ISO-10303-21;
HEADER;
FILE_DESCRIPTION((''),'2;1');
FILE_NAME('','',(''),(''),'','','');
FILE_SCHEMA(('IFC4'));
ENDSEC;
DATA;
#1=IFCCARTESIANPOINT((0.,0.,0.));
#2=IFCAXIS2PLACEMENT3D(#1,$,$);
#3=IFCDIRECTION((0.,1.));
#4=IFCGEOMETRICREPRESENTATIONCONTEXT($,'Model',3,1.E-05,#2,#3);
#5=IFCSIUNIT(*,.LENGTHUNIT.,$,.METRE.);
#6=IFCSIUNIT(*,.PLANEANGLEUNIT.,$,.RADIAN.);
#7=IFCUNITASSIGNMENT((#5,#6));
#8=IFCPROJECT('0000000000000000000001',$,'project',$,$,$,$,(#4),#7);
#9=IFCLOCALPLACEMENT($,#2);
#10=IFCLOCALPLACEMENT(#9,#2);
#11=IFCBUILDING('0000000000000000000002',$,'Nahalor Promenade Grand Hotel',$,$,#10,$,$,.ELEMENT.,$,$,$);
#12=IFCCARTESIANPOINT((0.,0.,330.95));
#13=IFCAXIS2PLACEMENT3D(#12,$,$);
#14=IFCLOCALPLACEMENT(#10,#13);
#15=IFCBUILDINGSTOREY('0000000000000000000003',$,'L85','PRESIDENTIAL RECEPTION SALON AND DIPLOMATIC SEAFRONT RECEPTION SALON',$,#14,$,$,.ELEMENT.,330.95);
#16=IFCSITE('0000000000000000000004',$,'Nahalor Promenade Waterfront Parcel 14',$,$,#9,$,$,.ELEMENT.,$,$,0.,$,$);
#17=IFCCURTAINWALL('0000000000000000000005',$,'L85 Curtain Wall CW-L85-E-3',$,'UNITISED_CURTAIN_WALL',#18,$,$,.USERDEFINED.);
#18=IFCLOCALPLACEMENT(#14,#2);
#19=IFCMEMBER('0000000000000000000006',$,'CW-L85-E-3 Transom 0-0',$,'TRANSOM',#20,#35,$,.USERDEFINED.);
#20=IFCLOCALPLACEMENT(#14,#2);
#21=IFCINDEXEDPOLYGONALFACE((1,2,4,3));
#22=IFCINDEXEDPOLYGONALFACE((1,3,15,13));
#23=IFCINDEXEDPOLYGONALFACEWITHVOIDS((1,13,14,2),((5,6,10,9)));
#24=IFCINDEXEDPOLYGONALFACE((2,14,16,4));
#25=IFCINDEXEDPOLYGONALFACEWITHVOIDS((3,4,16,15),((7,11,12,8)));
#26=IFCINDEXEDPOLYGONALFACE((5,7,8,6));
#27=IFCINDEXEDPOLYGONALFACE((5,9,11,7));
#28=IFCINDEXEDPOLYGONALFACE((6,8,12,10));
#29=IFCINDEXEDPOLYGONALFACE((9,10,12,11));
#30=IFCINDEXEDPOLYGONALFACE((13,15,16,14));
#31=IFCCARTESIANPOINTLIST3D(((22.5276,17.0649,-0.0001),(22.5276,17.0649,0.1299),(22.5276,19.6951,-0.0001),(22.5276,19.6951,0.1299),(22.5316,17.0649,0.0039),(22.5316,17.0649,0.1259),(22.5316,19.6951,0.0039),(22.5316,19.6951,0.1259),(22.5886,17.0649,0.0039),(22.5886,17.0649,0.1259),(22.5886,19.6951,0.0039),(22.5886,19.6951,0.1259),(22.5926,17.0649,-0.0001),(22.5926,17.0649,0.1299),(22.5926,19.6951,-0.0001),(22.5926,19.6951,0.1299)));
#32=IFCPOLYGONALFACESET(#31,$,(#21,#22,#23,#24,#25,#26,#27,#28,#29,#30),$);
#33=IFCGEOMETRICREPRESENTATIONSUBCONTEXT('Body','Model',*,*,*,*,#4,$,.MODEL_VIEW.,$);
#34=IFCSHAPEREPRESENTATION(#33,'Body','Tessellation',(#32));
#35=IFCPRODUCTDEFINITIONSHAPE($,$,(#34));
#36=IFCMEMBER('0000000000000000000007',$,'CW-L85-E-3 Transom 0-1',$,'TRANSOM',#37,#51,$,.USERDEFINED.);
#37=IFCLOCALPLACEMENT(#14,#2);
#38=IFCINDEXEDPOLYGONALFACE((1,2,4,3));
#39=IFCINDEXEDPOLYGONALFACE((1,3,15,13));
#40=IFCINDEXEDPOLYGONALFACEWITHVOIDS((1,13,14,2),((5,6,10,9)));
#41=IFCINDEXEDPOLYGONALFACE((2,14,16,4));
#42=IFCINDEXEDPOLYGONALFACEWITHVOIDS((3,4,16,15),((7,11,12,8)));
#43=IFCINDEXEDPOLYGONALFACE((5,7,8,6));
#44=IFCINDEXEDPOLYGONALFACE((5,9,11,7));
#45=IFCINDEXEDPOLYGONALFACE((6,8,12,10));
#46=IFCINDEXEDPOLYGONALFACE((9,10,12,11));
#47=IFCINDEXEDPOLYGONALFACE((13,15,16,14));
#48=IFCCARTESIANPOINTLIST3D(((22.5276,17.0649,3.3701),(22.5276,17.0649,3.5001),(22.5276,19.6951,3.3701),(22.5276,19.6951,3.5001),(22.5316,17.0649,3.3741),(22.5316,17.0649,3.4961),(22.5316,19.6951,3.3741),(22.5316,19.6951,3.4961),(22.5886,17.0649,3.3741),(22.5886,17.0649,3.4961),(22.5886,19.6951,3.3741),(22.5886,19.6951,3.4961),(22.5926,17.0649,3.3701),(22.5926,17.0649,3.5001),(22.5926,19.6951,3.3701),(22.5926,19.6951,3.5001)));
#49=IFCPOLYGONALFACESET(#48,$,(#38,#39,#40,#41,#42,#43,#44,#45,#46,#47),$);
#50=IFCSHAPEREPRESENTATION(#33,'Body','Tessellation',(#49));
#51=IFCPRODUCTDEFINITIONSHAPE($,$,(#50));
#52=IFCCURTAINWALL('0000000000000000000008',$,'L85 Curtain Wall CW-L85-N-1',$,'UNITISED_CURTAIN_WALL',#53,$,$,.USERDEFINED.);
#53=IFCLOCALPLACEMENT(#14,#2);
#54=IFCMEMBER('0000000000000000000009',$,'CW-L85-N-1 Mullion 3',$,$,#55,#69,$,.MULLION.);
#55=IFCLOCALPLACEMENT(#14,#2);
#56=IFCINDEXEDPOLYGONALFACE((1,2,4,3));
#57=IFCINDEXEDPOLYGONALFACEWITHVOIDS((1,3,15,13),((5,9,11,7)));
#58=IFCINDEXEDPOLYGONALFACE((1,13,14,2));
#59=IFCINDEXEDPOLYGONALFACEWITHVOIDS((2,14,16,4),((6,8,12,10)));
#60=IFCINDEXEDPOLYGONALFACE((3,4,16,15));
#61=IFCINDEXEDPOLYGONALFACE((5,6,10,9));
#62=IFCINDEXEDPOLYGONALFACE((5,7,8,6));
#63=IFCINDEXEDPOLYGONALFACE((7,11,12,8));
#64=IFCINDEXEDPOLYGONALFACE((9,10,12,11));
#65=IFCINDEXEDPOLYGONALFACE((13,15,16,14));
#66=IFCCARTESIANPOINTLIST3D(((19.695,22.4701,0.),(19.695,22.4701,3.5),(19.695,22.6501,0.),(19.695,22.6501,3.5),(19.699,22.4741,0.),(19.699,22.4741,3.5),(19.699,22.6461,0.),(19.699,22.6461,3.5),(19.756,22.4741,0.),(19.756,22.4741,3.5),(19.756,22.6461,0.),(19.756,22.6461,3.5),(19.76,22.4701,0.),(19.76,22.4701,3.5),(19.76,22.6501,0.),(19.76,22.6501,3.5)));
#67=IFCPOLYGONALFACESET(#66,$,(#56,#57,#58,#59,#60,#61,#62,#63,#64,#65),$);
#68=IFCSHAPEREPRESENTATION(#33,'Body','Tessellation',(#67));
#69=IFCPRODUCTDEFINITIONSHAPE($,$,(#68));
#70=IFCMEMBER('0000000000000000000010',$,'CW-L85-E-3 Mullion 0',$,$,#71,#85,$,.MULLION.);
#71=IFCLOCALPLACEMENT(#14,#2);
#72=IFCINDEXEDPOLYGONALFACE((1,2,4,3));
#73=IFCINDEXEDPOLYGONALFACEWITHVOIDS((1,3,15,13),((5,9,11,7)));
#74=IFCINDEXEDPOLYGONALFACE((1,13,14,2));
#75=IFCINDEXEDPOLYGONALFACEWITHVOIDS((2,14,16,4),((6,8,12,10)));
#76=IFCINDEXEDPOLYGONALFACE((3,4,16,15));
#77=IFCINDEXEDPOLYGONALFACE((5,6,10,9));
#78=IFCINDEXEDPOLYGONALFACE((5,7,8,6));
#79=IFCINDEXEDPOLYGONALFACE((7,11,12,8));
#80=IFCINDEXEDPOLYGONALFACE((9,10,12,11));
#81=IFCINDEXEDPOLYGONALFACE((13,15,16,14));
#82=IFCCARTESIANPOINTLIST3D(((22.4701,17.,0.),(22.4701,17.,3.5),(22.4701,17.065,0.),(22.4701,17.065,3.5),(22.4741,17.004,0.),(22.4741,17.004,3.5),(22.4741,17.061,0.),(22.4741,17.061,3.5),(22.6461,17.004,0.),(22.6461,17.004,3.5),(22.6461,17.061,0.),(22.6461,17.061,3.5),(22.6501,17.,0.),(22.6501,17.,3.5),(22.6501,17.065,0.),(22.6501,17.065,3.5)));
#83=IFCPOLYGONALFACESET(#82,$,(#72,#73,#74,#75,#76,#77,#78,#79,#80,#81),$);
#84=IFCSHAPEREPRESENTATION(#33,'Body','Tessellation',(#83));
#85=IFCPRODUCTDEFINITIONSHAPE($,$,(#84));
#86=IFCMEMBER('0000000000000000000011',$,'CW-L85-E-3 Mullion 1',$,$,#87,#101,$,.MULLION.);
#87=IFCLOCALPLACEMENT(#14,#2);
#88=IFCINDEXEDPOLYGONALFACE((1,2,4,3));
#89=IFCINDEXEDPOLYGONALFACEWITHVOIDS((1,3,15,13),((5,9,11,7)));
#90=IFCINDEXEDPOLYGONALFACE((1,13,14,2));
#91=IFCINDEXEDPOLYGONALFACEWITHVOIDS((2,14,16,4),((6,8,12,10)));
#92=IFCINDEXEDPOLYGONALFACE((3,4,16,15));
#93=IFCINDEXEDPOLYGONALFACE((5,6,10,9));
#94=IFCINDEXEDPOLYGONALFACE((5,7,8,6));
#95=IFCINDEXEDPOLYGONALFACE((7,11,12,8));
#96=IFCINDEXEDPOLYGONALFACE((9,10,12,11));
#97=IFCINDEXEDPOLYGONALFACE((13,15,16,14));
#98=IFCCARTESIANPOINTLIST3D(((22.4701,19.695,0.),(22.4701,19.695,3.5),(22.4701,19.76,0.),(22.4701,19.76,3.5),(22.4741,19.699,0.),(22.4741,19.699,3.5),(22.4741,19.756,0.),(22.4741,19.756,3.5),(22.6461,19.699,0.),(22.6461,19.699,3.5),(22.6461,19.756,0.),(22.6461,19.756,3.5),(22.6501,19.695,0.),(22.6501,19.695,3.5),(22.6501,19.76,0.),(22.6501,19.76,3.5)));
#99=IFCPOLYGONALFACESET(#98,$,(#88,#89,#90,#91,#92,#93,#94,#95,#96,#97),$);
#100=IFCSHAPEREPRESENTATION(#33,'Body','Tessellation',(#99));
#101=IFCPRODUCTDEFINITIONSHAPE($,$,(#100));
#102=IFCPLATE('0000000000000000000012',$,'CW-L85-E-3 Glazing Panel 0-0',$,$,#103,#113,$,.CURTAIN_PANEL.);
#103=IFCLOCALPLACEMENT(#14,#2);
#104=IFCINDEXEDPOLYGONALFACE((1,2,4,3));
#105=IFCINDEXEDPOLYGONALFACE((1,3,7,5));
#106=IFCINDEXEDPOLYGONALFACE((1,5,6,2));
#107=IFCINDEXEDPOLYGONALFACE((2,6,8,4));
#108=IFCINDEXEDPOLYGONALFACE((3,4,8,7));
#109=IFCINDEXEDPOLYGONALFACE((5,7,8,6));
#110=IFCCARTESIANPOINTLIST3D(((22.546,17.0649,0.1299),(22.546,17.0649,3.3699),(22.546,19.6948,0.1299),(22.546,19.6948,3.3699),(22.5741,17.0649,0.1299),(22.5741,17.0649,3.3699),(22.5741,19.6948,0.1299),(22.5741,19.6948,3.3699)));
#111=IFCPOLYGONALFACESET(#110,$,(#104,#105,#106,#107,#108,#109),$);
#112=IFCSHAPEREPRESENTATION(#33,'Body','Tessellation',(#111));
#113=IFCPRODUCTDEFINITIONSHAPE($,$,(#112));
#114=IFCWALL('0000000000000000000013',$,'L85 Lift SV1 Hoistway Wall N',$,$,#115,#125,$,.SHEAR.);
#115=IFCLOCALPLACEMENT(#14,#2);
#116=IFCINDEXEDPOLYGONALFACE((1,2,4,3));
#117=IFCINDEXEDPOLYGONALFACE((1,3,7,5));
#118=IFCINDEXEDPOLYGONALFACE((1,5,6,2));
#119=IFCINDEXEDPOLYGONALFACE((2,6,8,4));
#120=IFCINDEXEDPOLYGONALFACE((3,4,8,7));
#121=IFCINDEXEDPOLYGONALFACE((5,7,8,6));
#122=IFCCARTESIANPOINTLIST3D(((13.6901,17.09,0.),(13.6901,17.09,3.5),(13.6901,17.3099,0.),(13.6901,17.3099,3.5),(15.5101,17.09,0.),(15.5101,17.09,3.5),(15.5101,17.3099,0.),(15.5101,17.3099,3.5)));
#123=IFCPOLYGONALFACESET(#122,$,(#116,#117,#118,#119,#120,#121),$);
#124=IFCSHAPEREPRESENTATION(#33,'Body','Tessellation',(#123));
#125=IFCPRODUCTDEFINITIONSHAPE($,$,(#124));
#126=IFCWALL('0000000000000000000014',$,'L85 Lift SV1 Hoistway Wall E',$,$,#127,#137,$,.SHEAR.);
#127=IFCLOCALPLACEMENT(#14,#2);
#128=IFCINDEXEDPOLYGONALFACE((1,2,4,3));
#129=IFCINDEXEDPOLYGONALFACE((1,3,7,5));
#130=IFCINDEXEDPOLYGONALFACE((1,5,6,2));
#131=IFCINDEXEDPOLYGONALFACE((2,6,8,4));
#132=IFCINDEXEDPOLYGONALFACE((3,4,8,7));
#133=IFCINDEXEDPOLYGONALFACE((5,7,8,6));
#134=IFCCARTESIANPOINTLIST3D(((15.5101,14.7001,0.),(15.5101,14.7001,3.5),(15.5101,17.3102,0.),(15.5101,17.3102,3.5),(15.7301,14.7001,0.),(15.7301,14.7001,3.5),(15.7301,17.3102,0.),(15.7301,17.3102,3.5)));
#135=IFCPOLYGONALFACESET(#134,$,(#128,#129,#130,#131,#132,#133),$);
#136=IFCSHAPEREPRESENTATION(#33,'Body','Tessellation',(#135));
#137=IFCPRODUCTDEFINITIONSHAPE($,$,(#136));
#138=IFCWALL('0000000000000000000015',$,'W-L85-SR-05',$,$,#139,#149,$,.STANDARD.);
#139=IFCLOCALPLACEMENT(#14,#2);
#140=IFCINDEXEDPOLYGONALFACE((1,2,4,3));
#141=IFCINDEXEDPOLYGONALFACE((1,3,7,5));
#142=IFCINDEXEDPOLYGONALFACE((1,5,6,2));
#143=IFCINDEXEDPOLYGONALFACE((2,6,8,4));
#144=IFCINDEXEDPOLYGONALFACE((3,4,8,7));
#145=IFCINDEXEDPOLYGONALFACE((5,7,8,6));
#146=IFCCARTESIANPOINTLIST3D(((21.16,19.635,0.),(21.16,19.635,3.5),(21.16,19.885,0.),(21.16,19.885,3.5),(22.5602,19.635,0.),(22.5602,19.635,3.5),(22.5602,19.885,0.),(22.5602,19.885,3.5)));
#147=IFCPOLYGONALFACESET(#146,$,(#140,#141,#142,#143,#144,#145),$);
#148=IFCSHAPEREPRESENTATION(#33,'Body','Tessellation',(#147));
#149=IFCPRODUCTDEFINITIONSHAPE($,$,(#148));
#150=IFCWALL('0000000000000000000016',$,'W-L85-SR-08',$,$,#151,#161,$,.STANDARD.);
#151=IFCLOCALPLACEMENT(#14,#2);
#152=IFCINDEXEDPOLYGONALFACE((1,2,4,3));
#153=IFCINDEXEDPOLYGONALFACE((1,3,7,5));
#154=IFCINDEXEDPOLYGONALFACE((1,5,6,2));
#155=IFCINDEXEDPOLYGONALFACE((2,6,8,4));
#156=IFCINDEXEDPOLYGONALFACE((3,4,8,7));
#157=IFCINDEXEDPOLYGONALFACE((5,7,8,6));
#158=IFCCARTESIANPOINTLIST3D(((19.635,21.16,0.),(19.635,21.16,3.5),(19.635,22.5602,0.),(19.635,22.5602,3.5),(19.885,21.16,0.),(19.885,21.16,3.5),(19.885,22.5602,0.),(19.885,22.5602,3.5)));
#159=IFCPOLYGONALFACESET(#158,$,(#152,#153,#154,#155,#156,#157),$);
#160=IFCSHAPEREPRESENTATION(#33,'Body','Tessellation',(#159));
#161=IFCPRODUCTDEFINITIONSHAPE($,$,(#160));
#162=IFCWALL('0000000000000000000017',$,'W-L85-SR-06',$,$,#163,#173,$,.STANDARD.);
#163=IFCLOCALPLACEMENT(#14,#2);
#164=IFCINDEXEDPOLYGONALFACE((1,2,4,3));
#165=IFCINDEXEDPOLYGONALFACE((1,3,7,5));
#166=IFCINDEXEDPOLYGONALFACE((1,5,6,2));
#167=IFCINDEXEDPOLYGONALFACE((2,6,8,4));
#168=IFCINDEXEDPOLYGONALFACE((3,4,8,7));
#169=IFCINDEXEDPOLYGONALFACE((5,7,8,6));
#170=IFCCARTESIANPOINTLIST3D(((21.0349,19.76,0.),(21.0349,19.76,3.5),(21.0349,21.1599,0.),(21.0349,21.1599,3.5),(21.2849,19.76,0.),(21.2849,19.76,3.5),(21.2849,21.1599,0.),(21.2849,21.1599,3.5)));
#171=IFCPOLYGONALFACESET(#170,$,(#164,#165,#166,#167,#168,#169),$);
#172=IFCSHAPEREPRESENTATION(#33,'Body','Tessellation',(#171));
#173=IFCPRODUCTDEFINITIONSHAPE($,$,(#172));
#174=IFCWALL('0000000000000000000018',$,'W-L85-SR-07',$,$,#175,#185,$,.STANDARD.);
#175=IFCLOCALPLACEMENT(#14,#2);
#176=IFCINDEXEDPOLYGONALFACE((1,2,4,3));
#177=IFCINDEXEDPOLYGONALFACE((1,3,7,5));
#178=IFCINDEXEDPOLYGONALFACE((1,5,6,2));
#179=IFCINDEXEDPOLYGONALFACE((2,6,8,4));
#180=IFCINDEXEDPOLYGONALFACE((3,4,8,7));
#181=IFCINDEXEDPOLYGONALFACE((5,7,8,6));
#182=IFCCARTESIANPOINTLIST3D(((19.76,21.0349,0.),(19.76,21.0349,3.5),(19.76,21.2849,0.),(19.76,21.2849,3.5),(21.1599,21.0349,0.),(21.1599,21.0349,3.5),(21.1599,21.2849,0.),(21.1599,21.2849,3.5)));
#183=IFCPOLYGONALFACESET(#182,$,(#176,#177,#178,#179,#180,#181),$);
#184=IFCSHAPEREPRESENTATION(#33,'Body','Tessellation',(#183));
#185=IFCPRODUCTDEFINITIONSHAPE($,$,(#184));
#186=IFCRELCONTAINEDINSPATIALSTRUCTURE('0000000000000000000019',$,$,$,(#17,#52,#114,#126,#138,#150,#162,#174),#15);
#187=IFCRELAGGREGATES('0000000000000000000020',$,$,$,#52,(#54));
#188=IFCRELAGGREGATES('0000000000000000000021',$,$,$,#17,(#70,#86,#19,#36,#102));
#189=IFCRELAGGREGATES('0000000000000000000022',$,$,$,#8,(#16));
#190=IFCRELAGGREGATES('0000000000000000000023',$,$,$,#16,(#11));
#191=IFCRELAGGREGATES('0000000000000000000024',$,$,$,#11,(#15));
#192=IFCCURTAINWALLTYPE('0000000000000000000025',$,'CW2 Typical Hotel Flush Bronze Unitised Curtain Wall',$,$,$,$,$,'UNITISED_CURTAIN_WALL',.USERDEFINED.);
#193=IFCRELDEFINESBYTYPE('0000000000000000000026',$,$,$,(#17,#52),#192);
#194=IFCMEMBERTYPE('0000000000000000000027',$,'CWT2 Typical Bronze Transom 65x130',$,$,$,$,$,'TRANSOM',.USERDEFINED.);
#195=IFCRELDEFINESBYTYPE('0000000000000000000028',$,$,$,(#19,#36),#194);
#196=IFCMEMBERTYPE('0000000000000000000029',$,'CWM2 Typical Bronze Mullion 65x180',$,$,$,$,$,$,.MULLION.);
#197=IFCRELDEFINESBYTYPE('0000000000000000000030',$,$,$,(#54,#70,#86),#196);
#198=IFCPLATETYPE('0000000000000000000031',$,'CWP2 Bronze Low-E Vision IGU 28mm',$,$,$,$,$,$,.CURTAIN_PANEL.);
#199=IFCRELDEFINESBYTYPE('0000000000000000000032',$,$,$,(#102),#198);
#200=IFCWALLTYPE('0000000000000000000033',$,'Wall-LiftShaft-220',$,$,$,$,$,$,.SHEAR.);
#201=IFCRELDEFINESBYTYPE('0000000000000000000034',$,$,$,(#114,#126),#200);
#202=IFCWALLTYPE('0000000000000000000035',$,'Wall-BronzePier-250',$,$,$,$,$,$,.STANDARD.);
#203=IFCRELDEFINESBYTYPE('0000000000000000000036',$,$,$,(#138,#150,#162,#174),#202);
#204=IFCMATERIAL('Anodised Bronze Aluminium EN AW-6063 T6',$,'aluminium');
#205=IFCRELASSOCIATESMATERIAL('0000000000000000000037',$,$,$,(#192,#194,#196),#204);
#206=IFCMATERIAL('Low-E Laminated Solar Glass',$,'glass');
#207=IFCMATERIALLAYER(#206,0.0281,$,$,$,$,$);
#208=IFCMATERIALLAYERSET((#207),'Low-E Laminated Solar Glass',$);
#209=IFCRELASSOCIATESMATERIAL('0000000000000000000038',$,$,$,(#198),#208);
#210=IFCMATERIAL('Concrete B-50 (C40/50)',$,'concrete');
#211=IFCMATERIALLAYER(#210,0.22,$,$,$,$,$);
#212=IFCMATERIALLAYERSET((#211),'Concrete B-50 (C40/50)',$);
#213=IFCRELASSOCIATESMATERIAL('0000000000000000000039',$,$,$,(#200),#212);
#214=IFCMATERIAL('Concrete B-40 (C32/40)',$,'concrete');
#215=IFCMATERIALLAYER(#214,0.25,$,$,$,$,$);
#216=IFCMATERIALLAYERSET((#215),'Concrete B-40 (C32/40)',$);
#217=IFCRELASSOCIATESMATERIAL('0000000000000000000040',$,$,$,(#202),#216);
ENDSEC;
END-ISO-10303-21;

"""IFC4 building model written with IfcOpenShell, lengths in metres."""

from ifc_helpers import new_model, si_unit, direction, frame, frame_2d, origin, origin_2d, place, context, subcontext, project, spatial, rectangle, hollow_rectangle, extrude, source, transform, mapped, material, layer, layer_set, material_profile, profile_set, type_object, element, aggregate, save


model = new_model("IFC4")

# Units and contexts
model_context = context("Model", 3, precision=1e-05, world=origin(), true_north=direction((0.0, 1.0)))
body_context = subcontext(model_context, "Body", "Model", "MODEL_VIEW")
ifc_project = project(units=[si_unit("LENGTHUNIT", "METRE"), si_unit("PLANEANGLEUNIT", "RADIAN")], contexts=[model_context])

# Site, building, storey
site_placement = place(None, origin())
site = spatial("IfcSite", under=ifc_project, at=site_placement, Name="Nahalor Promenade Waterfront Parcel 14", CompositionType="ELEMENT", RefElevation=0.0)
building_placement = place(site_placement, origin())
building = spatial("IfcBuilding", under=site, at=building_placement, Name="Nahalor Promenade Grand Hotel", CompositionType="ELEMENT")
storey_placement = place(building_placement, frame((0.0, 0.0, 330.95)))
storey = spatial("IfcBuildingStorey", under=building, at=storey_placement, Name="L85", Description="PRESIDENTIAL RECEPTION SALON AND DIPLOMATIC SEAFRONT RECEPTION SALON", CompositionType="ELEMENT", Elevation=330.95)

# Shared definitions
ifc_material_1 = material(Name="Concrete B-50 (C40/50)", Category="concrete")

# Curtain wall, members
ifc_material_2 = material(Name="Anodised Bronze Aluminium EN AW-6063 T6", Category="aluminium")
curtain_wall_type = type_object("IfcCurtainWallType", Name="CW2 Typical Hotel Flush Bronze Unitised Curtain Wall", ElementType="UNITISED_CURTAIN_WALL", PredefinedType="USERDEFINED", material=ifc_material_2)
curtain_wall_1_placement = place(storey_placement, origin())
curtain_wall_1 = element("IfcCurtainWall", 1, at=curtain_wall_1_placement, inside=storey, type_object=curtain_wall_type, Name="L85 Curtain Wall CW-L85-E-3", ObjectType="UNITISED_CURTAIN_WALL", PredefinedType="USERDEFINED")
ifc_material_profile_1 = material_profile(ifc_material_2, hollow_rectangle(XDim=0.065, YDim=0.13, WallThickness=0.004, at=origin_2d()), Name="CWT 65x130x4")
ifc_profile_set_1 = profile_set([ifc_material_profile_1], Name="Anodised Bronze Aluminium EN AW-6063 T6")
member_type_1 = type_object("IfcMemberType", Name="CWT2 Typical Bronze Transom 65x130", ElementType="TRANSOM", PredefinedType="USERDEFINED", material=ifc_profile_set_1)
shared_shape_1 = source(origin(), body_context, "Body", "SweptSolid", [
    extrude(hollow_rectangle(XDim=0.065, YDim=0.13, WallThickness=0.004, at=origin_2d()), origin(), (0.0, 0.0, 1.0), 2.6301),
])
member_1_placement = place(storey_placement, frame((22.5601, 17.0649, 0.0649), z_axis=(0.0, 1.0, 0.0), x_axis=(-1.0, 0.0, 0.0)))
member_1 = element("IfcMember", 2, at=member_1_placement, type_object=member_type_1, Name="CW-L85-E-3 Transom 0-0", ObjectType="TRANSOM", PredefinedType="USERDEFINED", context=body_context, shape_type="MappedRepresentation", body=[
    mapped(shared_shape_1, transform((0.0, 0.0, 0.0), scale=1.0)),
])
member_2_placement = place(storey_placement, frame((22.5601, 17.0649, 3.4351), z_axis=(0.0, 1.0, 0.0), x_axis=(-1.0, 0.0, 0.0)))
member_2 = element("IfcMember", 3, at=member_2_placement, type_object=member_type_1, Name="CW-L85-E-3 Transom 0-1", ObjectType="TRANSOM", PredefinedType="USERDEFINED", context=body_context, shape_type="MappedRepresentation", body=[
    mapped(shared_shape_1, transform((0.0, 0.0, 0.0), scale=1.0)),
])

# Curtain wall, member
curtain_wall_2_placement = place(storey_placement, origin())
curtain_wall_2 = element("IfcCurtainWall", 4, at=curtain_wall_2_placement, inside=storey, type_object=curtain_wall_type, Name="L85 Curtain Wall CW-L85-N-1", ObjectType="UNITISED_CURTAIN_WALL", PredefinedType="USERDEFINED")
ifc_material_profile_2 = material_profile(ifc_material_2, hollow_rectangle(XDim=0.065, YDim=0.18, WallThickness=0.004, at=origin_2d()), Name="CWM 65x180x4")
ifc_profile_set_2 = profile_set([ifc_material_profile_2], Name="Anodised Bronze Aluminium EN AW-6063 T6")
member_type_2 = type_object("IfcMemberType", Name="CWM2 Typical Bronze Mullion 65x180", PredefinedType="MULLION", material=ifc_profile_set_2)
shared_shape_2 = source(origin(), body_context, "Body", "SweptSolid", [
    extrude(hollow_rectangle(XDim=0.065, YDim=0.18, WallThickness=0.004, at=origin_2d()), origin(), (0.0, 0.0, 1.0), 3.5),
])
member_3_placement = place(storey_placement, frame((19.7275, 22.5601, 0.0), z_axis=(0.0, 0.0, 1.0), x_axis=(1.0, 0.0, 0.0)))
member_3 = element("IfcMember", 5, at=member_3_placement, type_object=member_type_2, Name="CW-L85-N-1 Mullion 3", PredefinedType="MULLION", context=body_context, shape_type="MappedRepresentation", body=[
    mapped(shared_shape_2, transform((0.0, 0.0, 0.0), scale=1.0)),
])
aggregate(curtain_wall_2, [member_3])

# Members
member_4_placement = place(storey_placement, frame((22.5601, 17.0325, 0.0), z_axis=(0.0, 0.0, 1.0), x_axis=(0.0, 1.0, 0.0)))
member_4 = element("IfcMember", 6, at=member_4_placement, type_object=member_type_2, Name="CW-L85-E-3 Mullion 0", PredefinedType="MULLION", context=body_context, shape_type="MappedRepresentation", body=[
    mapped(shared_shape_2, transform((0.0, 0.0, 0.0), scale=1.0)),
])
member_5_placement = place(storey_placement, frame((22.5601, 19.7275, 0.0), z_axis=(0.0, 0.0, 1.0), x_axis=(0.0, 1.0, 0.0)))
member_5 = element("IfcMember", 7, at=member_5_placement, type_object=member_type_2, Name="CW-L85-E-3 Mullion 1", PredefinedType="MULLION", context=body_context, shape_type="MappedRepresentation", body=[
    mapped(shared_shape_2, transform((0.0, 0.0, 0.0), scale=1.0)),
])

# Plate
ifc_material_3 = material(Name="Low-E Laminated Solar Glass", Category="glass")
ifc_layer_1 = layer(ifc_material_3, 0.0281)
ifc_layer_set_1 = layer_set([ifc_layer_1], Name="Low-E Laminated Solar Glass")
plate_type = type_object("IfcPlateType", Name="CWP2 Bronze Low-E Vision IGU 28mm", PredefinedType="CURTAIN_PANEL", material=ifc_layer_set_1)
shared_shape_3 = source(origin(), body_context, "Body", "SweptSolid", [
    extrude(rectangle(XDim=2.6299, YDim=0.0281, at=origin_2d()), origin(), (0.0, 0.0, 1.0), 3.24),
])
plate_placement = place(storey_placement, frame((22.5601, 18.3799, 0.1299), z_axis=(0.0, 0.0, 1.0), x_axis=(0.0, 1.0, 0.0)))
plate = element("IfcPlate", 8, at=plate_placement, type_object=plate_type, Name="CW-L85-E-3 Glazing Panel 0-0", PredefinedType="CURTAIN_PANEL", context=body_context, shape_type="MappedRepresentation", body=[
    mapped(shared_shape_3, transform((0.0, 0.0, 0.0), scale=1.0)),
])
aggregate(curtain_wall_1, [member_4, member_5, member_1, member_2, plate])

# Walls
ifc_layer_2 = layer(ifc_material_1, 0.22)
ifc_layer_set_2 = layer_set([ifc_layer_2], Name="Concrete B-50 (C40/50)")
wall_type_1 = type_object("IfcWallType", Name="Wall-LiftShaft-220", PredefinedType="SHEAR", material=ifc_layer_set_2)
shared_shape_4 = source(origin(), body_context, "Body", "SweptSolid", [
    extrude(rectangle(XDim=1.8201, YDim=0.22, at=frame_2d((0.9102, 0.0))), origin(), (0.0, 0.0, 1.0), 3.5),
])
wall_1_placement = place(storey_placement, frame((13.6899, 17.2, 0.0), z_axis=(0.0, 0.0, 1.0), x_axis=(1.0, 0.0, 0.0)))
element("IfcWall", 9, at=wall_1_placement, inside=storey, type_object=wall_type_1, Name="L85 Lift SV1 Hoistway Wall N", PredefinedType="SHEAR", context=body_context, shape_type="MappedRepresentation", body=[
    mapped(shared_shape_4, transform((0.0, 0.0, 0.0), scale=1.0)),
])
shared_shape_5 = source(origin(), body_context, "Body", "SweptSolid", [
    extrude(rectangle(XDim=2.6101, YDim=0.22, at=frame_2d((1.3052, 0.0))), origin(), (0.0, 0.0, 1.0), 3.5),
])
wall_2_placement = place(storey_placement, frame((15.6201, 14.7, 0.0), z_axis=(0.0, 0.0, 1.0), x_axis=(0.0, 1.0, 0.0)))
element("IfcWall", 10, at=wall_2_placement, inside=storey, type_object=wall_type_1, Name="L85 Lift SV1 Hoistway Wall E", PredefinedType="SHEAR", context=body_context, shape_type="MappedRepresentation", body=[
    mapped(shared_shape_5, transform((0.0, 0.0, 0.0), scale=1.0)),
])
ifc_material_4 = material(Name="Concrete B-40 (C32/40)", Category="concrete")
ifc_layer_3 = layer(ifc_material_4, 0.25)
ifc_layer_set_3 = layer_set([ifc_layer_3], Name="Concrete B-40 (C32/40)")
wall_type_2 = type_object("IfcWallType", Name="Wall-BronzePier-250", PredefinedType="STANDARD", material=ifc_layer_set_3)
shared_shape_6 = source(origin(), body_context, "Body", "SweptSolid", [
    extrude(rectangle(XDim=1.4001, YDim=0.25, at=frame_2d((0.7002, 0.0))), origin(), (0.0, 0.0, 1.0), 3.5),
])
for number, where, z_axis, x_axis, name in (
    (11, (21.1599, 19.76, 0.0), (0.0, 0.0, 1.0), (1.0, 0.0, 0.0), "W-L85-SR-05"),
    (12, (19.76, 21.1599, 0.0), (0.0, 0.0, 1.0), (0.0, 1.0, 0.0), "W-L85-SR-08"),
):
    element("IfcWall", number, at=place(storey_placement, frame(where, z_axis=z_axis, x_axis=x_axis)), inside=storey, type_object=wall_type_2, Name=name, PredefinedType="STANDARD", context=body_context, shape_type="MappedRepresentation", body=[
        mapped(shared_shape_6, transform((0.0, 0.0, 0.0), scale=1.0)),
    ])
shared_shape_7 = source(origin(), body_context, "Body", "SweptSolid", [
    extrude(rectangle(XDim=1.3999, YDim=0.25, at=frame_2d((0.7, 0.0))), origin(), (0.0, 0.0, 1.0), 3.5),
])
for number, where, z_axis, x_axis, name in (
    (13, (21.1599, 19.76, 0.0), (0.0, 0.0, 1.0), (0.0, 1.0, 0.0), "W-L85-SR-06"),
    (14, (19.76, 21.1599, 0.0), (0.0, 0.0, 1.0), (1.0, 0.0, 0.0), "W-L85-SR-07"),
):
    element("IfcWall", number, at=place(storey_placement, frame(where, z_axis=z_axis, x_axis=x_axis)), inside=storey, type_object=wall_type_2, Name=name, PredefinedType="STANDARD", context=body_context, shape_type="MappedRepresentation", body=[
        mapped(shared_shape_7, transform((0.0, 0.0, 0.0), scale=1.0)),
    ])

save(model, "model.ifc")
